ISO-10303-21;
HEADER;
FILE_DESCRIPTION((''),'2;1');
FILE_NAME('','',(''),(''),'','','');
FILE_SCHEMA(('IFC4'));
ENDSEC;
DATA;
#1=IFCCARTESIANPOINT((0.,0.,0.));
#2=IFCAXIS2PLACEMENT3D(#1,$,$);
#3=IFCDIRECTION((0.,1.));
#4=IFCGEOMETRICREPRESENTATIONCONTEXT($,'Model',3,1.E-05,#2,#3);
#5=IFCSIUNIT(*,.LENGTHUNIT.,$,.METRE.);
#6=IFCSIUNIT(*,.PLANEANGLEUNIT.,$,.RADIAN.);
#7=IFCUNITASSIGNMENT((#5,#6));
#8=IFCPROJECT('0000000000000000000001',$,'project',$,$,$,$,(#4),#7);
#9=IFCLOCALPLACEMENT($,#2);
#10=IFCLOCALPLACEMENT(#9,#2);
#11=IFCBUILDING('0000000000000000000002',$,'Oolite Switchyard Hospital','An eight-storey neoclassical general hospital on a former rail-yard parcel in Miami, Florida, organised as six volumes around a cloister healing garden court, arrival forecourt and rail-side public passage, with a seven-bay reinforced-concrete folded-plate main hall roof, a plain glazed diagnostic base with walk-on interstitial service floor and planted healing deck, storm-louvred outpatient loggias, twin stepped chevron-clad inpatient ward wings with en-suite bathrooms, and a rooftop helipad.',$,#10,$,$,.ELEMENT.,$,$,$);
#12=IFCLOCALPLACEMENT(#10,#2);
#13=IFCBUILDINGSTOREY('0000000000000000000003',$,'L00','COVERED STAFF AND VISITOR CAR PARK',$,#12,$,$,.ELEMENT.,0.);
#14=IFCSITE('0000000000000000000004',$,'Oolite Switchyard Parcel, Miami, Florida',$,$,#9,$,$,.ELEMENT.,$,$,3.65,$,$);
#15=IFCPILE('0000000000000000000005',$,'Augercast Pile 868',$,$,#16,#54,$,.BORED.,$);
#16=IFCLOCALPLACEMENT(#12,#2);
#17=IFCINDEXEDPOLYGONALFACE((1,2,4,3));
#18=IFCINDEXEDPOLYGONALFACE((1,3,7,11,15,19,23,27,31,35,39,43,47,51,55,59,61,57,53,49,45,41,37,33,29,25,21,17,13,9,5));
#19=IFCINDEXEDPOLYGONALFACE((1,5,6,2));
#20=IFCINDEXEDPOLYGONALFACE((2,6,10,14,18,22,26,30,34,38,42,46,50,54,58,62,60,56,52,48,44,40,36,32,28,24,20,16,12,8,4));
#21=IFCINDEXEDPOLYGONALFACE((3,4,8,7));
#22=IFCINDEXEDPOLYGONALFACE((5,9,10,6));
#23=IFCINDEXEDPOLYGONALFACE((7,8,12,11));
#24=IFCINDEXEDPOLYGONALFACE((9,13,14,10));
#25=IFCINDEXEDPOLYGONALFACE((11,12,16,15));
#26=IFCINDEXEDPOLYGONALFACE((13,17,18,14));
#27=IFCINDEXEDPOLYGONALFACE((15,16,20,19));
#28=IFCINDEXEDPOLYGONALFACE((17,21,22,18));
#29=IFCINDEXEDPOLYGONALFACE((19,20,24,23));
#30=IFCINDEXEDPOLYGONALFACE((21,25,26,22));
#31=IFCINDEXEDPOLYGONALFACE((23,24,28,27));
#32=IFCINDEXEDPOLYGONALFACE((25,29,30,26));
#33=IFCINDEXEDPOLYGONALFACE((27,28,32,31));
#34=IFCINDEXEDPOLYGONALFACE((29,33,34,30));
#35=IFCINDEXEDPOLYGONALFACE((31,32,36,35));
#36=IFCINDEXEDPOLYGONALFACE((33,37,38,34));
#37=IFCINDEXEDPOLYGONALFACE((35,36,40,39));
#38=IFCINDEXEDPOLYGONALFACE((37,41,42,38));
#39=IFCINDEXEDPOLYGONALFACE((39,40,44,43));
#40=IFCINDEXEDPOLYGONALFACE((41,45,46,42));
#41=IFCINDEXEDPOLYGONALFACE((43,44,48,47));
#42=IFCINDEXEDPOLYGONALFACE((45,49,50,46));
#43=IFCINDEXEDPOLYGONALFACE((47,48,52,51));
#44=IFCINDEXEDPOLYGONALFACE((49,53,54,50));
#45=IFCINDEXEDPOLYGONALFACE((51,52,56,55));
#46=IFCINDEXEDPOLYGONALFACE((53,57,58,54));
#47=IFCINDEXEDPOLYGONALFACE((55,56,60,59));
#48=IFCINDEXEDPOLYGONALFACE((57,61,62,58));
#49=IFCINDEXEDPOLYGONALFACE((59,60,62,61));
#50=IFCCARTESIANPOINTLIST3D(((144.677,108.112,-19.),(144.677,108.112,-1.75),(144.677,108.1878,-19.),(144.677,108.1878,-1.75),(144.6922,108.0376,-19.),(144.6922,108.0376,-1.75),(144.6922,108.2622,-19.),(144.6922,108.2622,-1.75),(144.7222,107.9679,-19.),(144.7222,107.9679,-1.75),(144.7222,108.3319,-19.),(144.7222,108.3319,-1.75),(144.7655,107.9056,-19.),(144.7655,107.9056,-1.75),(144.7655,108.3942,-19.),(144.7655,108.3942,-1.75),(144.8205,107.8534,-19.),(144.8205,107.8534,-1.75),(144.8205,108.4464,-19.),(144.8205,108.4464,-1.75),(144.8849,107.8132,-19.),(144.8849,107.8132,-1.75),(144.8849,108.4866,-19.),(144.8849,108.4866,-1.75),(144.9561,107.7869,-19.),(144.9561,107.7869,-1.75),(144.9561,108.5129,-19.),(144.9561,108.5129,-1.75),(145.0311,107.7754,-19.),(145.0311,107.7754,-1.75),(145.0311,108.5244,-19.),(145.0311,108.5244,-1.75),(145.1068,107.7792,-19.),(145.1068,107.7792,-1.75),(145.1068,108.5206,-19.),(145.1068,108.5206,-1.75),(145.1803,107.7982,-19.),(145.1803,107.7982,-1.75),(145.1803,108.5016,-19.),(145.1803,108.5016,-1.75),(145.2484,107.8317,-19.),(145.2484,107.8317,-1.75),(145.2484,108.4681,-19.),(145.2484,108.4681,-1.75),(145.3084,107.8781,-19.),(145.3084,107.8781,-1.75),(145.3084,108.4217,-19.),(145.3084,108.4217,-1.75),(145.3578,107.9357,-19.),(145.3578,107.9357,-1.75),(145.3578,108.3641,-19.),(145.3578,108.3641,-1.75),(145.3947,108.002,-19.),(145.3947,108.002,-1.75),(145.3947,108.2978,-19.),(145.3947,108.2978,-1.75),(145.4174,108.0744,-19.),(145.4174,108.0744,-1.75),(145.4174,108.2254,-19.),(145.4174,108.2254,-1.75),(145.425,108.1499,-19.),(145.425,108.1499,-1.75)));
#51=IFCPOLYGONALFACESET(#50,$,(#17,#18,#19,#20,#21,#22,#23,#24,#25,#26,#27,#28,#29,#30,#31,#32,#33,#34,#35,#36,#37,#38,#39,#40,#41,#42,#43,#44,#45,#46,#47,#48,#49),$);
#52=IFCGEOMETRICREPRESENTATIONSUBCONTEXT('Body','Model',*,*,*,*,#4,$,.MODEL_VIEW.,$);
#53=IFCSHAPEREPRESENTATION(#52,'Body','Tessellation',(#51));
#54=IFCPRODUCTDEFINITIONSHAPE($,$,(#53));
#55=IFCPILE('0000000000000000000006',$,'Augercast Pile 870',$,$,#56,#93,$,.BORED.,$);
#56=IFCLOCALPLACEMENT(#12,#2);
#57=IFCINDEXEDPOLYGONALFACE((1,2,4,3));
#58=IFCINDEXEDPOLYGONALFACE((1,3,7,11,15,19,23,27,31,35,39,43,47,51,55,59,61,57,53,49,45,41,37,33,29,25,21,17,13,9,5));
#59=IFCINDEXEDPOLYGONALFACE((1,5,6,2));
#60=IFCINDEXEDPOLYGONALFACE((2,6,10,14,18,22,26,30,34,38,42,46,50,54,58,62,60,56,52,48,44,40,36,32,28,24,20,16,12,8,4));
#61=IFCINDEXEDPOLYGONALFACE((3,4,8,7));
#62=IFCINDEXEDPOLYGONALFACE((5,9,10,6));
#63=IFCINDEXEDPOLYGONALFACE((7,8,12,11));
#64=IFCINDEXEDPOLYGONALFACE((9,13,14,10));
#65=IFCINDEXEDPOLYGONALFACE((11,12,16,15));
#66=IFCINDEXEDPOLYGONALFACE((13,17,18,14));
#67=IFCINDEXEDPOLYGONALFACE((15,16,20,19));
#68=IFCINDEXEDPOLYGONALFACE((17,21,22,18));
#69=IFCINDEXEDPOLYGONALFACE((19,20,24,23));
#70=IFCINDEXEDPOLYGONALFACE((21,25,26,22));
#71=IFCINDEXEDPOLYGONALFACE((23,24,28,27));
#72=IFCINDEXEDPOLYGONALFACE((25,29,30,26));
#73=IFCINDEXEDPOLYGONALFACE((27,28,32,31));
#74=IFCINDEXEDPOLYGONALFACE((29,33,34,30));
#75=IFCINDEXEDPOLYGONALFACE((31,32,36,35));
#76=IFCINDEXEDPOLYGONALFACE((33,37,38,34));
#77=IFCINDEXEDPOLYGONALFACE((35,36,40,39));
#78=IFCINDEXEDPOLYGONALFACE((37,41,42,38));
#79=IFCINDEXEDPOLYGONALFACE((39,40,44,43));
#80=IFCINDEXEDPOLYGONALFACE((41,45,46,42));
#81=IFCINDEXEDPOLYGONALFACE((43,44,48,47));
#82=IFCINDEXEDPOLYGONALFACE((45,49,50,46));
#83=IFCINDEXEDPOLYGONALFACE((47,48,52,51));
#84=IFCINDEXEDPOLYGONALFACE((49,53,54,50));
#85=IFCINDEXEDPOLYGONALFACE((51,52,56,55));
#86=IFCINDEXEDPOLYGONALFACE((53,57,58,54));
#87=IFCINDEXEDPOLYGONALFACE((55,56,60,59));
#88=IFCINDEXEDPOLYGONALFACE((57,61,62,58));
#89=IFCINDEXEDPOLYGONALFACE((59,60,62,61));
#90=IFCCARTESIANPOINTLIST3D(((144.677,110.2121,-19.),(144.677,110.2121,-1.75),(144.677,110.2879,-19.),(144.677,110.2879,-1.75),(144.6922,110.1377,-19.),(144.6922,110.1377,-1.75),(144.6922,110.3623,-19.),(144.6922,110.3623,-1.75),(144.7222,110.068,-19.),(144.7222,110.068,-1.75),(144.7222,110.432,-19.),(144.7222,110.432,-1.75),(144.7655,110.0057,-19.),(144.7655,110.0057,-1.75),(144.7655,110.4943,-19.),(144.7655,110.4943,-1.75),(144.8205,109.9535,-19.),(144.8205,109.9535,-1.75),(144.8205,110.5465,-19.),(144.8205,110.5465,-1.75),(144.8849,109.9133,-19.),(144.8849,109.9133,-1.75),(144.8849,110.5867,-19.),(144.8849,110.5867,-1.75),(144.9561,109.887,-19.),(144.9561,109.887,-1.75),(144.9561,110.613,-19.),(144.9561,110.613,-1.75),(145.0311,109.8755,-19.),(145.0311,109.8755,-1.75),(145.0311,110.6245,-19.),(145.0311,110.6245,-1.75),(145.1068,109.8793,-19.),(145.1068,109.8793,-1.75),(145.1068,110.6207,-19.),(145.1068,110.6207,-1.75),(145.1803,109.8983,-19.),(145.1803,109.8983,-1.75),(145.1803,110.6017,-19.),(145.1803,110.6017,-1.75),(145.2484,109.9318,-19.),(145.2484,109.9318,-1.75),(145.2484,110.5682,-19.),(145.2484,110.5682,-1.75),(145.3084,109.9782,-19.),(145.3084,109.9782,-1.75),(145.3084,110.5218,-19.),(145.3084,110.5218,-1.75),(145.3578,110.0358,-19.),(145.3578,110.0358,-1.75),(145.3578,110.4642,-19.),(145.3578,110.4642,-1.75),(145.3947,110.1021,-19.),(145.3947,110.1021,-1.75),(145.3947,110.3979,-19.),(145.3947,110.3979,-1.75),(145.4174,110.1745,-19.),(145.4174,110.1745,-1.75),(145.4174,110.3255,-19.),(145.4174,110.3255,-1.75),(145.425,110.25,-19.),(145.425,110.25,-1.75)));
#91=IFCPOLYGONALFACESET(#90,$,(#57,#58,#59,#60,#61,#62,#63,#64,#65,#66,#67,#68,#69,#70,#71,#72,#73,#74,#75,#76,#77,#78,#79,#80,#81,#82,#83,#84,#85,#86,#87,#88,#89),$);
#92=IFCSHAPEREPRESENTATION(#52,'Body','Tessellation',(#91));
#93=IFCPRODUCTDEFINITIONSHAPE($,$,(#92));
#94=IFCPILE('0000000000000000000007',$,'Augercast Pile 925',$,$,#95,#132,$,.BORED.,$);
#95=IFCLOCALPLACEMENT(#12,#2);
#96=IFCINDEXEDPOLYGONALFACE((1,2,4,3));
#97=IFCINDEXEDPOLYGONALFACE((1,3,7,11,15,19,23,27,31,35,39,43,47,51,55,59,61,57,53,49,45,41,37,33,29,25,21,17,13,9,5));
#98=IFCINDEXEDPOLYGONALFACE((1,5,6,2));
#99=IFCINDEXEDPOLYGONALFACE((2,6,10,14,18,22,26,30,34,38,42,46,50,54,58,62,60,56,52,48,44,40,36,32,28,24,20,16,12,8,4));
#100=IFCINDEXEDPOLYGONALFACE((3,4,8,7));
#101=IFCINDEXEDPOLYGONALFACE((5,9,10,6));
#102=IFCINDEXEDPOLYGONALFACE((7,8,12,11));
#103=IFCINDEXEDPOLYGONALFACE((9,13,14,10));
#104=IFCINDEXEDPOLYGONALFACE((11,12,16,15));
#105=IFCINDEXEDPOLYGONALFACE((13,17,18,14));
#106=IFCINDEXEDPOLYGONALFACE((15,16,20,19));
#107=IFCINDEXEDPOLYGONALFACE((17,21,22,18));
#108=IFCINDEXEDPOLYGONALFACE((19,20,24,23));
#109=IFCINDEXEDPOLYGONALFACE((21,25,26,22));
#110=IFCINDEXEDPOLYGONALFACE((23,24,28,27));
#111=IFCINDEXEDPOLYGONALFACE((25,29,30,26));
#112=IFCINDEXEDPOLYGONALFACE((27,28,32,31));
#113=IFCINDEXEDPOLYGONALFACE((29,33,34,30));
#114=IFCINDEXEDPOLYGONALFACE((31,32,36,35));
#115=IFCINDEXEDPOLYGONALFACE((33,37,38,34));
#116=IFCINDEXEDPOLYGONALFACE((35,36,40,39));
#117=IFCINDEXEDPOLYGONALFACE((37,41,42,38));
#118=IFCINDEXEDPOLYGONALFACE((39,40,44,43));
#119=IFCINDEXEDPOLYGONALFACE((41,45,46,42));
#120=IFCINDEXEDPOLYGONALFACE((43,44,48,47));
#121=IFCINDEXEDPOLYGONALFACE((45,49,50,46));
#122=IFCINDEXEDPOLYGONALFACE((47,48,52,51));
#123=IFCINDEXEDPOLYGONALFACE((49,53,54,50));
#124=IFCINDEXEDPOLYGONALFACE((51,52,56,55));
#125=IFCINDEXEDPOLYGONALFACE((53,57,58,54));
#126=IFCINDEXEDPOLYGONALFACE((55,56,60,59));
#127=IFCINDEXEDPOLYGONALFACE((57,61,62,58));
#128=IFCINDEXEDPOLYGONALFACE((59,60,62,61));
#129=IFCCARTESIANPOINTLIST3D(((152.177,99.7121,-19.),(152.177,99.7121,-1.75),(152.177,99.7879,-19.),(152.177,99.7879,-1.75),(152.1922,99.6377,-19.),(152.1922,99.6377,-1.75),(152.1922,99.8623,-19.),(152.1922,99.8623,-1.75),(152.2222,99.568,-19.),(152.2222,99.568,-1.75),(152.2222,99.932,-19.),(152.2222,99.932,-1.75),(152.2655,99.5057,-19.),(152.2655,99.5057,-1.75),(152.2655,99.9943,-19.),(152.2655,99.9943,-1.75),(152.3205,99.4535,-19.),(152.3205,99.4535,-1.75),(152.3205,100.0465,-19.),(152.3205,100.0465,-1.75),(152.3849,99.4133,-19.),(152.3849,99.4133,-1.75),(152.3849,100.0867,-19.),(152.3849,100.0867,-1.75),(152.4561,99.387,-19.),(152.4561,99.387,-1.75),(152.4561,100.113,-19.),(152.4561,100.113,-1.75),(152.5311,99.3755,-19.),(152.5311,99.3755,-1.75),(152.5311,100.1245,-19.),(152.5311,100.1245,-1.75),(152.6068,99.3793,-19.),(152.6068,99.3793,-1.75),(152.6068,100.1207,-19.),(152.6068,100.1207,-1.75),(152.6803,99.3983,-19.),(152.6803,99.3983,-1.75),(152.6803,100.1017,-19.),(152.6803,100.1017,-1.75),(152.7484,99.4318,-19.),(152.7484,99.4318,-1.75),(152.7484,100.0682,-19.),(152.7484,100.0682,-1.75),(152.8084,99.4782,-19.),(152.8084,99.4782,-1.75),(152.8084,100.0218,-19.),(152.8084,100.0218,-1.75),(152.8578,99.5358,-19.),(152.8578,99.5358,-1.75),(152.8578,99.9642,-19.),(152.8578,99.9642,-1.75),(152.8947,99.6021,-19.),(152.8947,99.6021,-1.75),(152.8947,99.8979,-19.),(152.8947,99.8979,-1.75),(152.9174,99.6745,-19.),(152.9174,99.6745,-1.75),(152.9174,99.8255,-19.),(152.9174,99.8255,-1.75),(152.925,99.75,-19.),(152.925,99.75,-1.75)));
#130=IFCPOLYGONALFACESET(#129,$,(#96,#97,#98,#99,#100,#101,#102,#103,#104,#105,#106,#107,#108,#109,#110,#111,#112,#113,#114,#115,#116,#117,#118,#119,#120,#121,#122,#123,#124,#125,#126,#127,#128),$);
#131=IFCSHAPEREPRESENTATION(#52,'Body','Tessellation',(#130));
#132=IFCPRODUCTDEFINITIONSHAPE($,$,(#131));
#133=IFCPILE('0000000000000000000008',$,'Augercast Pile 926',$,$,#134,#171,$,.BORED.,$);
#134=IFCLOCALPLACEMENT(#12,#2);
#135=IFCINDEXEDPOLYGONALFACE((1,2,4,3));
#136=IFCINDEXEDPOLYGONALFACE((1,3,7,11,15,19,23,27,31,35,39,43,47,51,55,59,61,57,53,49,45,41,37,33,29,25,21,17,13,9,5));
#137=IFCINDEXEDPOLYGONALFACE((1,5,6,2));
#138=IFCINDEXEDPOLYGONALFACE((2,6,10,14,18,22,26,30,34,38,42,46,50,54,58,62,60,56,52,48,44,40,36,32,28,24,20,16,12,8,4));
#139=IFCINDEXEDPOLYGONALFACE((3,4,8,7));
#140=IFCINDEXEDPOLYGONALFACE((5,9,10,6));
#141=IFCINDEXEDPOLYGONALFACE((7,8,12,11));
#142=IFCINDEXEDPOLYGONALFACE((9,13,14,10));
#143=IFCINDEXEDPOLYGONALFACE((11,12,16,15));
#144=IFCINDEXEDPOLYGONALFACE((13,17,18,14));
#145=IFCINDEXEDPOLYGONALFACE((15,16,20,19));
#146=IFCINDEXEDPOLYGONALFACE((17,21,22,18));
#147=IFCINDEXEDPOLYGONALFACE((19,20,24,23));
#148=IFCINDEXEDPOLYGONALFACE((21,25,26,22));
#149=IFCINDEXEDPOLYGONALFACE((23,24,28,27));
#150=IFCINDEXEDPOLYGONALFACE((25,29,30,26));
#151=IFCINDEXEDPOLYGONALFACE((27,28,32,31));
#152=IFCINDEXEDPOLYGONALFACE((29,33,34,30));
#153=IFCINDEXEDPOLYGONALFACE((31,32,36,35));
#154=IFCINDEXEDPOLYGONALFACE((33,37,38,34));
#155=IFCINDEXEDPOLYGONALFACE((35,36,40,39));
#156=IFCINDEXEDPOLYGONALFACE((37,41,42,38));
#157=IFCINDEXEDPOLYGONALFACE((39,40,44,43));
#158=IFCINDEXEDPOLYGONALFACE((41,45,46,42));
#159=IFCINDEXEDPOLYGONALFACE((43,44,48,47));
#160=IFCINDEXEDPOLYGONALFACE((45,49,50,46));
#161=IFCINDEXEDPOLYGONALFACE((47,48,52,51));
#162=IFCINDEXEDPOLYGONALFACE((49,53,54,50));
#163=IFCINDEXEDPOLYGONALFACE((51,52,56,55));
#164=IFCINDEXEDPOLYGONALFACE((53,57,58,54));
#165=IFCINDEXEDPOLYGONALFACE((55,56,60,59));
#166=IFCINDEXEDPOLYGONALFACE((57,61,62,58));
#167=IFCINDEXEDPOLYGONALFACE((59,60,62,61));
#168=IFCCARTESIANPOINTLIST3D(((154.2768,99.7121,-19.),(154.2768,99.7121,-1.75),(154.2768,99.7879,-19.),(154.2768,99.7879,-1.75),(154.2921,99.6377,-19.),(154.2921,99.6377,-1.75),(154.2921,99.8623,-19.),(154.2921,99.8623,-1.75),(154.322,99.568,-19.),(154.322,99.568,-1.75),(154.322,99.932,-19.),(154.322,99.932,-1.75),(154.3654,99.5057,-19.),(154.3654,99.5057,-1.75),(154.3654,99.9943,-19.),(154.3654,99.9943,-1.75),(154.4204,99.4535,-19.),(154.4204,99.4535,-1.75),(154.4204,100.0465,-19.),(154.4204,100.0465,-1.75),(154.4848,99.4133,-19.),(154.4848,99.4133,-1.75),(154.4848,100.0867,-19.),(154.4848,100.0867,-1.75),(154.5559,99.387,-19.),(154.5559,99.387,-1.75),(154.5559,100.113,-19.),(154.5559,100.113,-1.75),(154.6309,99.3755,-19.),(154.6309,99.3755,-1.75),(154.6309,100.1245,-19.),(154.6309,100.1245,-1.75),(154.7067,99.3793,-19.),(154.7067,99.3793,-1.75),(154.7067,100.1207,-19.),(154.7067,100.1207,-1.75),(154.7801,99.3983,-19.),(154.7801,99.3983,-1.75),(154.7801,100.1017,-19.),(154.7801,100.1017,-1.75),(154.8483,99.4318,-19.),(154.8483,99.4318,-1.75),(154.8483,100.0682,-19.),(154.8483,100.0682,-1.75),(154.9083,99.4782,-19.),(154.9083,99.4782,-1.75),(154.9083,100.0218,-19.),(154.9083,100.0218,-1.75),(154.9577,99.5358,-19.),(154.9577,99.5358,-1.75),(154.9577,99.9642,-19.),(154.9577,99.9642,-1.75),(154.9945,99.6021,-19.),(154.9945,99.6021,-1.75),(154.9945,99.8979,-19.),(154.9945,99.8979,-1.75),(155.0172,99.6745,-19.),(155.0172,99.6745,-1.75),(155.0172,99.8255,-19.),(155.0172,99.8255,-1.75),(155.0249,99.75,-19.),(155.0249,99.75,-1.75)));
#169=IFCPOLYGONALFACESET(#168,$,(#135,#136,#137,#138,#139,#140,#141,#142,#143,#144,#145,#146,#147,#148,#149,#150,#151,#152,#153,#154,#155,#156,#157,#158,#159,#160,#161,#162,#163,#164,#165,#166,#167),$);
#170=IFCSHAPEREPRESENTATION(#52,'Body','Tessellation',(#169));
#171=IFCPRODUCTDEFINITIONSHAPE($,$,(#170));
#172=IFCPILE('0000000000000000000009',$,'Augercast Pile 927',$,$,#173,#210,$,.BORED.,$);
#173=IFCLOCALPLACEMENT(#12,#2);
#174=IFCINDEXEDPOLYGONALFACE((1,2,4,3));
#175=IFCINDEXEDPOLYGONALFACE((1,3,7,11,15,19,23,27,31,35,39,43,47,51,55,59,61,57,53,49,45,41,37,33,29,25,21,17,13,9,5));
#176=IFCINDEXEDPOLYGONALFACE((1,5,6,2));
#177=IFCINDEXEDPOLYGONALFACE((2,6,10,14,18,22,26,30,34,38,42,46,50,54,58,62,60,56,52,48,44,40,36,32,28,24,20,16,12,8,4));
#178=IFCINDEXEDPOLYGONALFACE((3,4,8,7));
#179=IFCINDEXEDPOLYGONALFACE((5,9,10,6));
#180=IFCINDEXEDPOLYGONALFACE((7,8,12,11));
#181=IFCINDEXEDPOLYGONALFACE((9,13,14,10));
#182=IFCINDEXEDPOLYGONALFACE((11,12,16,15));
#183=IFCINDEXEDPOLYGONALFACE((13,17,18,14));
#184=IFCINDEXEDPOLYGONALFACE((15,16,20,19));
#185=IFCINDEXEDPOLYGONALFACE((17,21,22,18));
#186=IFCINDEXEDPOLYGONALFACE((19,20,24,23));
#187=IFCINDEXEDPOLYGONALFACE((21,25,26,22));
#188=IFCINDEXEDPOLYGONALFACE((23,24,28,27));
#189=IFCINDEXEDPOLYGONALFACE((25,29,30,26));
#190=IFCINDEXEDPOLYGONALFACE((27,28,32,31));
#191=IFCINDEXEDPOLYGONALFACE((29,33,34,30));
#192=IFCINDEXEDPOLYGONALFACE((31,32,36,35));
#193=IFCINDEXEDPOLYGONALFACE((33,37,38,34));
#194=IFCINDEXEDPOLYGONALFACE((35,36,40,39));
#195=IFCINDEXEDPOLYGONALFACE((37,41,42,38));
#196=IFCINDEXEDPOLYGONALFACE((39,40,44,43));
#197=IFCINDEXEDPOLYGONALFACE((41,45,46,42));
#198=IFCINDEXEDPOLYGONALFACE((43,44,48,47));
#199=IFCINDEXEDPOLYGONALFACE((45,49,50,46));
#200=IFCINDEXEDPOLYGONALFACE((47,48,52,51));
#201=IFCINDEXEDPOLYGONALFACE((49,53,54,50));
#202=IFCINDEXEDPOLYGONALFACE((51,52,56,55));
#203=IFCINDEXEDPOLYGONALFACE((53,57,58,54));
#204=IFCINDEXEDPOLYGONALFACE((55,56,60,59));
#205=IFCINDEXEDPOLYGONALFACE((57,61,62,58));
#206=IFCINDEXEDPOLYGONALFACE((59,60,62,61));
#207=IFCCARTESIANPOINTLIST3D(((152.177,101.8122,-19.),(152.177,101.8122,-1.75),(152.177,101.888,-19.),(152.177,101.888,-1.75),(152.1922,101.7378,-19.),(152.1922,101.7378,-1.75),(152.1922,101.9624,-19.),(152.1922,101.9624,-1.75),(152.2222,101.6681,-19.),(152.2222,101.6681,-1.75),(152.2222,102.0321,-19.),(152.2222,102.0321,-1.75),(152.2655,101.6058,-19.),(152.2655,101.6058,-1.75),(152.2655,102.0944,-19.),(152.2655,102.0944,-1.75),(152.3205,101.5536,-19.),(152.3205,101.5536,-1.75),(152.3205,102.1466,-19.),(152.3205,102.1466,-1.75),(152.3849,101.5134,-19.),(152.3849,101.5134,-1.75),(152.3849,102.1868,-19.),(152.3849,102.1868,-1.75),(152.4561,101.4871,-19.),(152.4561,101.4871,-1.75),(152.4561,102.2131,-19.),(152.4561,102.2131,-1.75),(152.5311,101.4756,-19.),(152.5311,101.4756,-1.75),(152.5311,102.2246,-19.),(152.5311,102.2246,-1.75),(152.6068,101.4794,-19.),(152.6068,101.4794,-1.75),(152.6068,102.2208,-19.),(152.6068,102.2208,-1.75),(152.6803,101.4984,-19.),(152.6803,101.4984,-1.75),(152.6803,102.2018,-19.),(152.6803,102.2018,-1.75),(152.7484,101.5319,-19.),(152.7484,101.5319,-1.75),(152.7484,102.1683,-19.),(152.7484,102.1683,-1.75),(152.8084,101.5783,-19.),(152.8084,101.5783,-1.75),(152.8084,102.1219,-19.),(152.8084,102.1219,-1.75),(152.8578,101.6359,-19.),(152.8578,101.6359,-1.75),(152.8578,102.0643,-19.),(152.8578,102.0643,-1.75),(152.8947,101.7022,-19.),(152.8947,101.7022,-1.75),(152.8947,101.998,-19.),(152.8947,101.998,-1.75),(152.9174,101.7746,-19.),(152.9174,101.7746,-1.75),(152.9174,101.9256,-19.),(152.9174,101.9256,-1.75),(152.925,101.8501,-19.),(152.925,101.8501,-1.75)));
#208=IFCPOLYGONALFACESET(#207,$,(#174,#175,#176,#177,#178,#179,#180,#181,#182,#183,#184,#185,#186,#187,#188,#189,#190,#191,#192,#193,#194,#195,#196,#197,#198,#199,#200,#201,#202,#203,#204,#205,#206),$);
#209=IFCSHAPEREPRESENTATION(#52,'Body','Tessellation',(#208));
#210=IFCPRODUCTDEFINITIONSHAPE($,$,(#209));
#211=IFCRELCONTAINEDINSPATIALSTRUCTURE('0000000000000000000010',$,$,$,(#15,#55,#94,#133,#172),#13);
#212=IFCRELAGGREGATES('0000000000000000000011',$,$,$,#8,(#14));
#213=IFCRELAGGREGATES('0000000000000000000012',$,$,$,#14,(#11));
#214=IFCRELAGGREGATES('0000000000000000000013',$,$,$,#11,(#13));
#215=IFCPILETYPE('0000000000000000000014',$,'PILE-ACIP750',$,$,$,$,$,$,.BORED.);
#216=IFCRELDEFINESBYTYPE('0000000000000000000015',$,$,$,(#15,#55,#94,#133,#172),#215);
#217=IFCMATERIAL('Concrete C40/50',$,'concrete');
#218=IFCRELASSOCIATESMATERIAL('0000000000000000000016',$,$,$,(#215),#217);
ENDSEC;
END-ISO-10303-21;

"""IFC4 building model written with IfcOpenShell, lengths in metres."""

from ifc_helpers import new_model, si_unit, direction, frame, origin, origin_2d, place, context, subcontext, project, spatial, circle, extrude, material, material_profile, profile_set, type_object, element, save


model = new_model("IFC4")

# Units and contexts
model_context = context("Model", 3, precision=1e-05, world=origin(), true_north=direction((0.0, 1.0)))
body_context = subcontext(model_context, "Body", "Model", "MODEL_VIEW")
ifc_project = project(units=[si_unit("LENGTHUNIT", "METRE"), si_unit("PLANEANGLEUNIT", "RADIAN")], contexts=[model_context])

# Site, building, storey
site_placement = place(None, origin())
site = spatial("IfcSite", under=ifc_project, at=site_placement, Name="Oolite Switchyard Parcel, Miami, Florida", CompositionType="ELEMENT", RefElevation=3.65)
building_placement = place(site_placement, origin())
building = spatial("IfcBuilding", under=site, at=building_placement, Name="Oolite Switchyard Hospital", Description="An eight-storey neoclassical general hospital on a former rail-yard parcel in Miami, Florida, organised as six volumes around a cloister healing garden court, arrival forecourt and rail-side public passage, with a seven-bay reinforced-concrete folded-plate main hall roof, a plain glazed diagnostic base with walk-on interstitial service floor and planted healing deck, storm-louvred outpatient loggias, twin stepped chevron-clad inpatient ward wings with en-suite bathrooms, and a rooftop helipad.", CompositionType="ELEMENT")
storey_placement = place(building_placement, origin())
storey = spatial("IfcBuildingStorey", under=building, at=storey_placement, Name="L00", Description="COVERED STAFF AND VISITOR CAR PARK", CompositionType="ELEMENT", Elevation=0.0)

# Shared definitions
ifc_material_1 = material(Name="Concrete C40/50", Category="concrete")

# Piles
ifc_material_profile_1 = material_profile(ifc_material_1, circle(Radius=0.375, at=origin_2d()), Name="PILE750")
ifc_profile_set_1 = profile_set([ifc_material_profile_1], Name="Concrete C40/50")
pile_type = type_object("IfcPileType", Name="PILE-ACIP750", PredefinedType="BORED", material=ifc_profile_set_1)
for number, where, z_axis, x_axis, name in (
    (1, (145.05, 108.1499, -1.75), (0.0, 0.0, -1.0), (1.0, 0.0, 0.0), "Augercast Pile 868"),
    (2, (145.05, 110.25, -1.75), (0.0, 0.0, -1.0), (1.0, 0.0, 0.0), "Augercast Pile 870"),
    (3, (152.55, 99.75, -1.75), (0.0, 0.0, -1.0), (1.0, 0.0, 0.0), "Augercast Pile 925"),
    (4, (154.6499, 99.75, -1.75), (0.0, 0.0, -1.0), (1.0, 0.0, 0.0), "Augercast Pile 926"),
    (5, (152.55, 101.8501, -1.75), (0.0, 0.0, -1.0), (1.0, 0.0, 0.0), "Augercast Pile 927"),
):
    element("IfcPile", number, at=place(storey_placement, frame(where, z_axis=z_axis, x_axis=x_axis)), inside=storey, type_object=pile_type, Name=name, PredefinedType="BORED", context=body_context, shape_type="SweptSolid", body=[
        extrude(circle(Radius=0.375, at=origin_2d()), origin(), (0.0, 0.0, 1.0), 17.25),
    ])

save(model, "model.ifc")
